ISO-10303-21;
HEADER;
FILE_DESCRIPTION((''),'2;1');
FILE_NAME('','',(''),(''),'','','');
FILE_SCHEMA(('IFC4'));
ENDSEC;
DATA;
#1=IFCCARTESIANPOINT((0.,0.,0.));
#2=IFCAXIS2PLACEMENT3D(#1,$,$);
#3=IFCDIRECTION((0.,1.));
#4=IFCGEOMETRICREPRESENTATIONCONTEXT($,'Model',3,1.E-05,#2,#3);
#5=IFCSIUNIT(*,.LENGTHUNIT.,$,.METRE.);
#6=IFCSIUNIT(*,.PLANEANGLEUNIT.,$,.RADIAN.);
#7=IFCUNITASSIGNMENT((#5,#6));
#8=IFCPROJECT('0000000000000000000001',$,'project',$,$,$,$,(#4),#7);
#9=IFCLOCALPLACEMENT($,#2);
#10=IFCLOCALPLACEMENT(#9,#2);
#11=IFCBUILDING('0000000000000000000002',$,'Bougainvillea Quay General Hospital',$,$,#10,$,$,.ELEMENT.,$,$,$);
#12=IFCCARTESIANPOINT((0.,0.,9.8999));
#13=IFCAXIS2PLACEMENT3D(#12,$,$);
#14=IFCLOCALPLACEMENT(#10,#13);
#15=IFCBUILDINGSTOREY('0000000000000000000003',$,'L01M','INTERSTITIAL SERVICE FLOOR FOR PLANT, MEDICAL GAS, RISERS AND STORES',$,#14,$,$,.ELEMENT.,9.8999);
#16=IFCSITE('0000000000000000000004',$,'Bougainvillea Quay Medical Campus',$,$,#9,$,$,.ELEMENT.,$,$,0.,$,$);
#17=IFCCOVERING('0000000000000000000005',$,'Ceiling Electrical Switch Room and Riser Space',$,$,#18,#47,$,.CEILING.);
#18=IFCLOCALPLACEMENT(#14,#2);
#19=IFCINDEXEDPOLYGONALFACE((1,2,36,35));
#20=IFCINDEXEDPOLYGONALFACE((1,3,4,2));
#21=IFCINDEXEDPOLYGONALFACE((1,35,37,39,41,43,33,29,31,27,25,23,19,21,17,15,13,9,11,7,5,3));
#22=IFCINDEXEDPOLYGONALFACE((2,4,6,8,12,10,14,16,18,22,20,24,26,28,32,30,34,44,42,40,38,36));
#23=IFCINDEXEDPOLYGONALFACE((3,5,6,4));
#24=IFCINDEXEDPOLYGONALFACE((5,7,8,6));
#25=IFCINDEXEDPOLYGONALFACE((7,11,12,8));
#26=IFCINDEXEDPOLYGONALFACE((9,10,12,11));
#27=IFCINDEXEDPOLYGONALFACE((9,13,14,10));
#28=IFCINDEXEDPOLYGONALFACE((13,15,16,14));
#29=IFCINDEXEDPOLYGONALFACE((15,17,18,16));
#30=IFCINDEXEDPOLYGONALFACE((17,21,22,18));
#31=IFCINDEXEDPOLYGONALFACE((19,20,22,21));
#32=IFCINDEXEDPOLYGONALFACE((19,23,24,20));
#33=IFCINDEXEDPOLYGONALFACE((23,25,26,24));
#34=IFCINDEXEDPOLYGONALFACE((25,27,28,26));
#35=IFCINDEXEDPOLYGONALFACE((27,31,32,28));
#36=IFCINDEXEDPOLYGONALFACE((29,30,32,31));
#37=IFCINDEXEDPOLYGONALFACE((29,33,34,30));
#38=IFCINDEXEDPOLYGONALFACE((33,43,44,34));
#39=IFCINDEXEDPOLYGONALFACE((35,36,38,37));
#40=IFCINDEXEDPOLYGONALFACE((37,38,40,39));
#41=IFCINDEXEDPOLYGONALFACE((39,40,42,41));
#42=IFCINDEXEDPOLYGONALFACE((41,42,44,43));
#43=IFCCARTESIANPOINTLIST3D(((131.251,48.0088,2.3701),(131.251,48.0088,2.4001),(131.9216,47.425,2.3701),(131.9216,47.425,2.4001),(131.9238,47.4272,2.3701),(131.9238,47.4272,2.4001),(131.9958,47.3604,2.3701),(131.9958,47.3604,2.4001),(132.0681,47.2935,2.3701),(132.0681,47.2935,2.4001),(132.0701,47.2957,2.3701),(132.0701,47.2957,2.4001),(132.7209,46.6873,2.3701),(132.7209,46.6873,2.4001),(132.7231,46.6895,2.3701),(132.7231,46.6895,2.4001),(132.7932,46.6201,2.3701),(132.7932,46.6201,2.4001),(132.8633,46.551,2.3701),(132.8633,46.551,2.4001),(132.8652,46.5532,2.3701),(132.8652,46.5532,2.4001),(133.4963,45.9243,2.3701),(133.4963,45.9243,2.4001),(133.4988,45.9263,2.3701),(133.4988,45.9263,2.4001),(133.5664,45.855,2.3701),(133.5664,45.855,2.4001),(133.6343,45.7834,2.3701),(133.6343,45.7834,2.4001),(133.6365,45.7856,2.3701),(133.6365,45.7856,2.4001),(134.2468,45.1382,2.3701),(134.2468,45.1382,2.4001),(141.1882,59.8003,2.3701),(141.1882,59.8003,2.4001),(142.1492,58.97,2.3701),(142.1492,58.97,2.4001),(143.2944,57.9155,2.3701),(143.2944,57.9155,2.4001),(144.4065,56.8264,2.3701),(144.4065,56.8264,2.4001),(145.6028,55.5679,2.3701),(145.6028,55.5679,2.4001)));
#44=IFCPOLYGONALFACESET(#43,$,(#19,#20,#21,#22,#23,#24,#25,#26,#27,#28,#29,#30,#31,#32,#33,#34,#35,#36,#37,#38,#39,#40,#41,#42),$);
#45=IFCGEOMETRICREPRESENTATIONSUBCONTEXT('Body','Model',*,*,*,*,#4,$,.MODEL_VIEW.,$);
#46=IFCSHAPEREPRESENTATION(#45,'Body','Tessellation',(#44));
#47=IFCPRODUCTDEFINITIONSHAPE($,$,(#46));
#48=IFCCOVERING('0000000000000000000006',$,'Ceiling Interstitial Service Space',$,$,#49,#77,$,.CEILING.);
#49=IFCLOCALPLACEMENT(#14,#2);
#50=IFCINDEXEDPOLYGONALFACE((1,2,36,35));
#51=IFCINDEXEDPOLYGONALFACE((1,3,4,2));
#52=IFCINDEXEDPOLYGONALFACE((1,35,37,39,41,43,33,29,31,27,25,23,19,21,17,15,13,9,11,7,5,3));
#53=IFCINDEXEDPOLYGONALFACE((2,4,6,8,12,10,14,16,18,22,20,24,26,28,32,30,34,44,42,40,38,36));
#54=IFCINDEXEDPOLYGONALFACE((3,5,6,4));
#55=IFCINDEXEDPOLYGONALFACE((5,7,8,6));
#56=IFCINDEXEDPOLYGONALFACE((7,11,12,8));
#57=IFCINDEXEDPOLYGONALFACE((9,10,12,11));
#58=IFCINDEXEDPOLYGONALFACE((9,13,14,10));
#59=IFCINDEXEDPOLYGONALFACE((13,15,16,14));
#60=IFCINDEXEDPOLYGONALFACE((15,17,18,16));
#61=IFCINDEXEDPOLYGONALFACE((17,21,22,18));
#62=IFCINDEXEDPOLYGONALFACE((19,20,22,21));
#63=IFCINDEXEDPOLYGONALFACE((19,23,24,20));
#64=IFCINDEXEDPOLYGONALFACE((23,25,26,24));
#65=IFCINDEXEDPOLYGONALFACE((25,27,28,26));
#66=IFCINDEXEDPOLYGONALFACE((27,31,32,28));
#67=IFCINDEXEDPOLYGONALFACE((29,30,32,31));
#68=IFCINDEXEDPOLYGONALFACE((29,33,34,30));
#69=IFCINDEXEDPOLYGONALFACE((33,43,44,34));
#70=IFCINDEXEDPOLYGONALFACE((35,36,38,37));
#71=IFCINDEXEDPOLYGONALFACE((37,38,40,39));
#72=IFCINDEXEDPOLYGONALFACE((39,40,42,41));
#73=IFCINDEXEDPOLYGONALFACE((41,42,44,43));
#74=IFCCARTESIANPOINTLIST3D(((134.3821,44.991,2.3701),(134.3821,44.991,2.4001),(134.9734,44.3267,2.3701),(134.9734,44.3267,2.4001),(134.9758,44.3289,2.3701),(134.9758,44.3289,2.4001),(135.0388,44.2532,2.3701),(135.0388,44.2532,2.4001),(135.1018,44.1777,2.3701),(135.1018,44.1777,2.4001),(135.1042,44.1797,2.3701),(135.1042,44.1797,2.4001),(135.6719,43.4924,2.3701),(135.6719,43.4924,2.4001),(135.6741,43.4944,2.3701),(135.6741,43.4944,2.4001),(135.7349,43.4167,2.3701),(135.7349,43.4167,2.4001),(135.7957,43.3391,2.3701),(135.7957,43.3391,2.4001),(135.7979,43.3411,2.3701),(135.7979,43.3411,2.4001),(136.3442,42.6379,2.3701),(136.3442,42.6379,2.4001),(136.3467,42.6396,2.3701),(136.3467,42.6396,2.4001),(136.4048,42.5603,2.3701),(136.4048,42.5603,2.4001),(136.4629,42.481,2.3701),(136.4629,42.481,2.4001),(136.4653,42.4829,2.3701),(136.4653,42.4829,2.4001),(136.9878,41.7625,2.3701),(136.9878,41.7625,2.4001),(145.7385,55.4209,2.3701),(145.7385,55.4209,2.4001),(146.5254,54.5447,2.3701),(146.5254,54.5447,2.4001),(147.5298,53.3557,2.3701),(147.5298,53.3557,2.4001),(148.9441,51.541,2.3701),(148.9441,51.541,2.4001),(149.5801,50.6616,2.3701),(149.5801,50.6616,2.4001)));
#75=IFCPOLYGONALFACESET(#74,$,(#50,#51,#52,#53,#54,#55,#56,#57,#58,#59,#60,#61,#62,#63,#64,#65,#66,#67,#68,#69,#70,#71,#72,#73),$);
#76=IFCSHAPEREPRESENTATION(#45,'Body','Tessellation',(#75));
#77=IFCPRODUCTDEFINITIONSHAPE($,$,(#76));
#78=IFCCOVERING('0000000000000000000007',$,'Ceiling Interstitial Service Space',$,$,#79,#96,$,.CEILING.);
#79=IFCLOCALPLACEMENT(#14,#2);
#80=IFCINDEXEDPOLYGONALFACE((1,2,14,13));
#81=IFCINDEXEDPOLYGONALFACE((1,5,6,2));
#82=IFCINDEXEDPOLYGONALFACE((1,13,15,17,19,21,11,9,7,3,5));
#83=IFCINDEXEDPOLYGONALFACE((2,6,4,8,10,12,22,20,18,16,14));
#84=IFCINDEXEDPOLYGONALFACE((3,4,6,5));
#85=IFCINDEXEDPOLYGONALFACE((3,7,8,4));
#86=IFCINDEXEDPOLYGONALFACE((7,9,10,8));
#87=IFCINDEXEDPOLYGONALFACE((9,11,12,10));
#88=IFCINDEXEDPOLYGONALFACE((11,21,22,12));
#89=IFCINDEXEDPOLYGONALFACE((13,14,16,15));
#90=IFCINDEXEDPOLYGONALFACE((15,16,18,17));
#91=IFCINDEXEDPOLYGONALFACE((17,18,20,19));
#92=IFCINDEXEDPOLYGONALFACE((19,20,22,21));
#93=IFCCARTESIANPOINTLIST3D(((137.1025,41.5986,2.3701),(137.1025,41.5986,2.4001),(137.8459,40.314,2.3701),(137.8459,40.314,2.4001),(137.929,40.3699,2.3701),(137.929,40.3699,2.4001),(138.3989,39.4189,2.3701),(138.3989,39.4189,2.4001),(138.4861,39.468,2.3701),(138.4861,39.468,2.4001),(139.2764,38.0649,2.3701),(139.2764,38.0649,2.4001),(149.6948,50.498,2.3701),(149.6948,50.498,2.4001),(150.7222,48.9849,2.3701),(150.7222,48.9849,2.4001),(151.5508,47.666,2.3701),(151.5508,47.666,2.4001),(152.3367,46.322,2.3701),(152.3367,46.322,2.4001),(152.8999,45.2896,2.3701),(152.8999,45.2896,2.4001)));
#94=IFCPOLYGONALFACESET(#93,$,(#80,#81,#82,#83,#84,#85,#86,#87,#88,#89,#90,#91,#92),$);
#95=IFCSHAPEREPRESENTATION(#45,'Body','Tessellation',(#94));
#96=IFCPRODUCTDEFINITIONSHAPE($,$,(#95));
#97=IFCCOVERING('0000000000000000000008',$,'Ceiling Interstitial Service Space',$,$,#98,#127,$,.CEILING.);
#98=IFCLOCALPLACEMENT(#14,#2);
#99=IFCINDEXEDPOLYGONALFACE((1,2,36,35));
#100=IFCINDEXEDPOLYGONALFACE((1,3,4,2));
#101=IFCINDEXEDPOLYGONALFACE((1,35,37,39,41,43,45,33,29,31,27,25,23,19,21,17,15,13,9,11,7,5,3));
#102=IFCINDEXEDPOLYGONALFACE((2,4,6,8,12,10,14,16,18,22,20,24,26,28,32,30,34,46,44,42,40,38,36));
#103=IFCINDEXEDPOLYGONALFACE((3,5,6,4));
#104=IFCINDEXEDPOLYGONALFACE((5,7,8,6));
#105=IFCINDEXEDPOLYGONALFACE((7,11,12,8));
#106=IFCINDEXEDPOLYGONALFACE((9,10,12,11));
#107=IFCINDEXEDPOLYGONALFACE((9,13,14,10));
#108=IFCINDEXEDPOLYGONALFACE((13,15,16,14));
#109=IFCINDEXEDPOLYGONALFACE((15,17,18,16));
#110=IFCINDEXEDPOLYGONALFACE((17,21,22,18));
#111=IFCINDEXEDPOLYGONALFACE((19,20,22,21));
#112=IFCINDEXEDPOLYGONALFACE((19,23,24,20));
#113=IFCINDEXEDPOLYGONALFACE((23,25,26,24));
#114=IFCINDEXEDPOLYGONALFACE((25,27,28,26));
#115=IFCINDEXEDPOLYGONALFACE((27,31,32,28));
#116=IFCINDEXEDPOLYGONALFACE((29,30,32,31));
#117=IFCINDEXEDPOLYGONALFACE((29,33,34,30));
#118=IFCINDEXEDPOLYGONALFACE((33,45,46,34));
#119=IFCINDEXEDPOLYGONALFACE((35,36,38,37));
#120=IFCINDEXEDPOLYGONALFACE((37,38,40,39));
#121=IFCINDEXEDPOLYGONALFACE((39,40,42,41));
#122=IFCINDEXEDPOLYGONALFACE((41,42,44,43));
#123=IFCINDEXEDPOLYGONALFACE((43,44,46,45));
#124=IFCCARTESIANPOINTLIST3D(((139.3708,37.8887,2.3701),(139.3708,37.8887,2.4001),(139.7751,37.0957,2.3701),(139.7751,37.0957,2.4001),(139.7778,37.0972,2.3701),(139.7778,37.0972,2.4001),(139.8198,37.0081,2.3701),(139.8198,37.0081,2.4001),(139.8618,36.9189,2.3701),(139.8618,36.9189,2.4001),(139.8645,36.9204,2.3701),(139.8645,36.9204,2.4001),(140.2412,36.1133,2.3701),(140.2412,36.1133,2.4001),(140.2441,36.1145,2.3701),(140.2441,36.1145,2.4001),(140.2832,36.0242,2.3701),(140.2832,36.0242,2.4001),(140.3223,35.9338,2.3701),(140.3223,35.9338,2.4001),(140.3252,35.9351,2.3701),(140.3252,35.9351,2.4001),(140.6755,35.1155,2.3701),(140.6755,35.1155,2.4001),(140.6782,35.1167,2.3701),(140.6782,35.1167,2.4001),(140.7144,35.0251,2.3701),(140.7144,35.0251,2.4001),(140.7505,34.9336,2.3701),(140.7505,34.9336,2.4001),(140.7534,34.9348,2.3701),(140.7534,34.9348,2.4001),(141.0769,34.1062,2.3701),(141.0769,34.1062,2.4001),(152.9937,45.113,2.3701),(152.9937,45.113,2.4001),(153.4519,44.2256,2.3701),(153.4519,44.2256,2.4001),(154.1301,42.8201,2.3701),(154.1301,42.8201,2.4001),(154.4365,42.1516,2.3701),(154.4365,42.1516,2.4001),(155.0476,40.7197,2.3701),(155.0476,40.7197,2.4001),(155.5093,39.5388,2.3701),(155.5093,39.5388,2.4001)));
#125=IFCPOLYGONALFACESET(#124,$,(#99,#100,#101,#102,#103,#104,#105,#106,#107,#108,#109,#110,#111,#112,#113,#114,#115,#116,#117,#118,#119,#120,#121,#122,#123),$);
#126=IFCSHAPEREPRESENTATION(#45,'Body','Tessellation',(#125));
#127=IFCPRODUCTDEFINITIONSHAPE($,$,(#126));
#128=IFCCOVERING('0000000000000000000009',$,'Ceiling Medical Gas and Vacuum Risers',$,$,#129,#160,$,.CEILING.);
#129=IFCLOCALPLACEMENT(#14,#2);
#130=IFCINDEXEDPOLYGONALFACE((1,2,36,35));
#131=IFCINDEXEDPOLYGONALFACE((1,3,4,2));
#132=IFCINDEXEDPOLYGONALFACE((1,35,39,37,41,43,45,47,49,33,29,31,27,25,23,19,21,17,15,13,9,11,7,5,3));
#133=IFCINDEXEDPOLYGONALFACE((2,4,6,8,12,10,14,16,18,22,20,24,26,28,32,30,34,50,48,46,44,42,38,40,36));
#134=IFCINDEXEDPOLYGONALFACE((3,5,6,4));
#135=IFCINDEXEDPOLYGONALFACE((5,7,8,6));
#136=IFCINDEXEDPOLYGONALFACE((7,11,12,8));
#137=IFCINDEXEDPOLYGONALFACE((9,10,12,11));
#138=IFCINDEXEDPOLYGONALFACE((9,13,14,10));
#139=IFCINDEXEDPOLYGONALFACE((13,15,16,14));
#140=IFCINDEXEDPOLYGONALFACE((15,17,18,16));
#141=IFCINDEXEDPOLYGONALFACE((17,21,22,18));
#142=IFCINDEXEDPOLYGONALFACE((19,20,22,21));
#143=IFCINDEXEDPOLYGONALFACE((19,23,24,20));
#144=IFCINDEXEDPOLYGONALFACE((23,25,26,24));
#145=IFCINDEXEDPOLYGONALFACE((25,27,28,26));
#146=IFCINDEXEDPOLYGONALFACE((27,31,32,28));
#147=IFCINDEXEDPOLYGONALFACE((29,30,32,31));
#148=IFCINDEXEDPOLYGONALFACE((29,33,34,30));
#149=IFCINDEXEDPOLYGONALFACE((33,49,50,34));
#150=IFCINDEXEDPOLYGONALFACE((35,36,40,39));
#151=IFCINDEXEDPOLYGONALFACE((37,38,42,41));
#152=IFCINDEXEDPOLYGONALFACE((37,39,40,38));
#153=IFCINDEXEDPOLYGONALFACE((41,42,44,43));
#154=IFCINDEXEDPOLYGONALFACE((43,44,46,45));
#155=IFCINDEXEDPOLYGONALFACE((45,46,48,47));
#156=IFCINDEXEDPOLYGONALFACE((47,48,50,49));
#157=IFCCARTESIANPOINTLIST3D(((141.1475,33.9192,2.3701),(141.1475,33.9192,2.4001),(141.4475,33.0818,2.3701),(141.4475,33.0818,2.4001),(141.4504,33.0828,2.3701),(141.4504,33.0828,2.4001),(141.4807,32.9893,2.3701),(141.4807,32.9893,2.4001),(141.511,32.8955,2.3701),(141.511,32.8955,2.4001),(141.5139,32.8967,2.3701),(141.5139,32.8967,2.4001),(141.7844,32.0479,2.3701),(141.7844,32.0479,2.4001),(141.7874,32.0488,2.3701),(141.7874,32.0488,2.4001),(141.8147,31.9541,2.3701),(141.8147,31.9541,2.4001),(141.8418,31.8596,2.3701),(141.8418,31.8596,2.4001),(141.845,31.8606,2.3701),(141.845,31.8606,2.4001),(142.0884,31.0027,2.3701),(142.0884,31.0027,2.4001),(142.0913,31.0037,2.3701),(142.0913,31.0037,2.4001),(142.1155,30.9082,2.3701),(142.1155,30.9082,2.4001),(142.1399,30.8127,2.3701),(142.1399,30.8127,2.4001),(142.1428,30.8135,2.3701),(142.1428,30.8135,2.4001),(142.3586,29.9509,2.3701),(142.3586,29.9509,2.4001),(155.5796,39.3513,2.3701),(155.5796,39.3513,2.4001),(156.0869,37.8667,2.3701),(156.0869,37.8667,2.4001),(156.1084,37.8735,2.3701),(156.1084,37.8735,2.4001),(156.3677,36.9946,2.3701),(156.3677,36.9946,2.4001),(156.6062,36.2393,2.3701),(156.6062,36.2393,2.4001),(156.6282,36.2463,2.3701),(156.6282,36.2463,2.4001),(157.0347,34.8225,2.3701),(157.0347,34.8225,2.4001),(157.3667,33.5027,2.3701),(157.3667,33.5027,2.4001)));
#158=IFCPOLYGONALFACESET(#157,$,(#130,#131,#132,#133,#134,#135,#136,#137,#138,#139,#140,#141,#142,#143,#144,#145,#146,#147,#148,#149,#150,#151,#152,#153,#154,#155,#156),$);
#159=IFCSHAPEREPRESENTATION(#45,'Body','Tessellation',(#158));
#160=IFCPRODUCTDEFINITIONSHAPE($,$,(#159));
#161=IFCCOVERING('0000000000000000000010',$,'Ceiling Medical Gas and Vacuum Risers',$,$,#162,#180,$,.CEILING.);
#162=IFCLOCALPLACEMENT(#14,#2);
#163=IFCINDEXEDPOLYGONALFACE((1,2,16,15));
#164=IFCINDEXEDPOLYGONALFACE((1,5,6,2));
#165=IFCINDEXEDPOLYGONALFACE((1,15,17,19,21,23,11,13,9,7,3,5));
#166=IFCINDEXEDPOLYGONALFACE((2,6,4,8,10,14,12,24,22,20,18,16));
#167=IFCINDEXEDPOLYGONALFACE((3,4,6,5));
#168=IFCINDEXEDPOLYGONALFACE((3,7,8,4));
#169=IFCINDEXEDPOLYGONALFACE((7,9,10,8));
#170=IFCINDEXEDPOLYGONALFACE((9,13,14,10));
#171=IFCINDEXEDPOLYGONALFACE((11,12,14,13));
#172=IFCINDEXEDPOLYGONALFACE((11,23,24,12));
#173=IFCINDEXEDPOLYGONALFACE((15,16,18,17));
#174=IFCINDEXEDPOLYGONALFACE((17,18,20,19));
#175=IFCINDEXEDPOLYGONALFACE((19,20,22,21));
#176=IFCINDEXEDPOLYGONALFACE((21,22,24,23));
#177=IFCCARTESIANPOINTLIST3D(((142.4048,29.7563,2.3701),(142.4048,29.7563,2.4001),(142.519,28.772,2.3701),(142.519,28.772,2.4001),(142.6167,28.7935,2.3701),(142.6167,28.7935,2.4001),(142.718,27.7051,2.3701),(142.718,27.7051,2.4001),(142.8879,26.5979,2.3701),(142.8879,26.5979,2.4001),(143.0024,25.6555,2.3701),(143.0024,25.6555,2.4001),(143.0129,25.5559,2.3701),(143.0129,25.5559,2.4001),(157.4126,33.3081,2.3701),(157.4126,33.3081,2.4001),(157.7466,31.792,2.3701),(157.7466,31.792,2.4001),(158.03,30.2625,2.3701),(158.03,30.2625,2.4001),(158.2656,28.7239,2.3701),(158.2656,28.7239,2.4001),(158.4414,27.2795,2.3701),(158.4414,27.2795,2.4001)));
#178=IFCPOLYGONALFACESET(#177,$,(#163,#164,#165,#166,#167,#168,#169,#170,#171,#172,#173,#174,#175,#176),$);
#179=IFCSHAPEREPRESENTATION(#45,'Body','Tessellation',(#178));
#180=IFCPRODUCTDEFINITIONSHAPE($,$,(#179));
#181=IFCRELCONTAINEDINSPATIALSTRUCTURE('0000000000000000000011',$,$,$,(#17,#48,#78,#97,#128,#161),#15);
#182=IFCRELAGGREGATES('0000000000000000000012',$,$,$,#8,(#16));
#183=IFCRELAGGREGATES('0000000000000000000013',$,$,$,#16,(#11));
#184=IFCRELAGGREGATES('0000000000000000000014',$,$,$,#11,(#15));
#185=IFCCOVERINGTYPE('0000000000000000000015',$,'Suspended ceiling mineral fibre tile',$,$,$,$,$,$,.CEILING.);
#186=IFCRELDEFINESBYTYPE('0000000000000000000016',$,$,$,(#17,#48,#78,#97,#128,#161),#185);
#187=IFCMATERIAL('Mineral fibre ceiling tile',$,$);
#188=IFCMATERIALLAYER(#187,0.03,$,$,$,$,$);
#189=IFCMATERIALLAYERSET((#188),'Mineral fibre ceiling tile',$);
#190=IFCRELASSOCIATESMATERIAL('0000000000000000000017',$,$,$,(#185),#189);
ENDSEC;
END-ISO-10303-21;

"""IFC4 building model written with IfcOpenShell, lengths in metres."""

from ifc_helpers import new_model, si_unit, direction, frame, origin, place, context, subcontext, project, spatial, polyline, outline, extrude, material, layer, layer_set, type_object, element, save


model = new_model("IFC4")

# Units and contexts
model_context = context("Model", 3, precision=1e-05, world=origin(), true_north=direction((0.0, 1.0)))
body_context = subcontext(model_context, "Body", "Model", "MODEL_VIEW")
ifc_project = project(units=[si_unit("LENGTHUNIT", "METRE"), si_unit("PLANEANGLEUNIT", "RADIAN")], contexts=[model_context])

# Site, building, storey
site_placement = place(None, origin())
site = spatial("IfcSite", under=ifc_project, at=site_placement, Name="Bougainvillea Quay Medical Campus", CompositionType="ELEMENT", RefElevation=0.0)
building_placement = place(site_placement, origin())
building = spatial("IfcBuilding", under=site, at=building_placement, Name="Bougainvillea Quay General Hospital", CompositionType="ELEMENT")
storey_placement = place(building_placement, frame((0.0, 0.0, 9.8999)))
storey = spatial("IfcBuildingStorey", under=building, at=storey_placement, Name="L01M", Description="INTERSTITIAL SERVICE FLOOR FOR PLANT, MEDICAL GAS, RISERS AND STORES", CompositionType="ELEMENT", Elevation=9.8999)

# Coverings
ifc_material = material(Name="Mineral fibre ceiling tile")
ifc_layer = layer(ifc_material, 0.03)
ifc_layer_set = layer_set([ifc_layer], Name="Mineral fibre ceiling tile")
covering_type = type_object("IfcCoveringType", Name="Suspended ceiling mineral fibre tile", PredefinedType="CEILING", material=ifc_layer_set)
covering_1_placement = place(storey_placement, frame((0.0, 0.0, 2.3701)))
element("IfcCovering", 1, at=covering_1_placement, inside=storey, type_object=covering_type, Name="Ceiling Electrical Switch Room and Riser Space", PredefinedType="CEILING", context=body_context, shape_type="SweptSolid", body=[
    extrude(outline(polyline([(142.1492, 58.97), (141.1882, 59.8003), (131.251, 48.0088), (131.9216, 47.425), (131.9238, 47.4272), (131.9958, 47.3604), (132.0701, 47.2957), (132.0681, 47.2935), (132.7209, 46.6873), (132.7231, 46.6895), (132.7932, 46.6201), (132.8652, 46.5532), (132.8633, 46.551), (133.4963, 45.9243), (133.4988, 45.9263), (133.5664, 45.855), (133.6365, 45.7856), (133.6343, 45.7834), (134.2468, 45.1382), (145.6028, 55.5679), (144.4065, 56.8264), (143.2944, 57.9155), (142.1492, 58.97)])), origin(), (0.0, 0.0, 1.0), 0.03),
])
covering_2_placement = place(storey_placement, frame((0.0, 0.0, 2.3701)))
element("IfcCovering", 2, at=covering_2_placement, inside=storey, type_object=covering_type, Name="Ceiling Interstitial Service Space", PredefinedType="CEILING", context=body_context, shape_type="SweptSolid", body=[
    extrude(outline(polyline([(134.9734, 44.3267), (134.9758, 44.3289), (135.0388, 44.2532), (135.1042, 44.1797), (135.1018, 44.1777), (135.6719, 43.4924), (135.6741, 43.4944), (135.7349, 43.4167), (135.7979, 43.3411), (135.7957, 43.3391), (136.3442, 42.6379), (136.3467, 42.6396), (136.4048, 42.5603), (136.4653, 42.4829), (136.4629, 42.481), (136.9878, 41.7625), (149.5801, 50.6616), (148.9441, 51.541), (147.5298, 53.3557), (146.5254, 54.5447), (145.7385, 55.4209), (134.3821, 44.991), (134.9734, 44.3267)])), origin(), (0.0, 0.0, 1.0), 0.03),
])
covering_3_placement = place(storey_placement, frame((0.0, 0.0, 2.3701)))
element("IfcCovering", 3, at=covering_3_placement, inside=storey, type_object=covering_type, Name="Ceiling Interstitial Service Space", PredefinedType="CEILING", context=body_context, shape_type="SweptSolid", body=[
    extrude(outline(polyline([(138.3989, 39.4189), (138.4861, 39.468), (139.2764, 38.0649), (152.8999, 45.2896), (152.3367, 46.322), (151.5508, 47.666), (150.7222, 48.9849), (149.6948, 50.498), (137.1025, 41.5986), (137.929, 40.3699), (137.8459, 40.314), (138.3989, 39.4189)])), origin(), (0.0, 0.0, 1.0), 0.03),
])
covering_4_placement = place(storey_placement, frame((0.0, 0.0, 2.3701)))
element("IfcCovering", 4, at=covering_4_placement, inside=storey, type_object=covering_type, Name="Ceiling Interstitial Service Space", PredefinedType="CEILING", context=body_context, shape_type="SweptSolid", body=[
    extrude(outline(polyline([(139.8198, 37.0081), (139.8645, 36.9204), (139.8618, 36.9189), (140.2412, 36.1133), (140.2441, 36.1145), (140.2832, 36.0242), (140.3252, 35.9351), (140.3223, 35.9338), (140.6755, 35.1155), (140.6782, 35.1167), (140.7144, 35.0251), (140.7534, 34.9348), (140.7505, 34.9336), (141.0769, 34.1062), (155.5093, 39.5388), (155.0476, 40.7197), (154.4365, 42.1516), (154.1301, 42.8201), (153.4519, 44.2256), (152.9937, 45.113), (139.3708, 37.8887), (139.7751, 37.0957), (139.7778, 37.0972), (139.8198, 37.0081)])), origin(), (0.0, 0.0, 1.0), 0.03),
])
covering_5_placement = place(storey_placement, frame((0.0, 0.0, 2.3701)))
element("IfcCovering", 5, at=covering_5_placement, inside=storey, type_object=covering_type, Name="Ceiling Medical Gas and Vacuum Risers", PredefinedType="CEILING", context=body_context, shape_type="SweptSolid", body=[
    extrude(outline(polyline([(141.4807, 32.9893), (141.5139, 32.8967), (141.511, 32.8955), (141.7844, 32.0479), (141.7874, 32.0488), (141.8147, 31.9541), (141.845, 31.8606), (141.8418, 31.8596), (142.0884, 31.0027), (142.0913, 31.0037), (142.1155, 30.9082), (142.1428, 30.8135), (142.1399, 30.8127), (142.3586, 29.9509), (157.3667, 33.5027), (157.0347, 34.8225), (156.6282, 36.2463), (156.6062, 36.2393), (156.3677, 36.9946), (156.0869, 37.8667), (156.1084, 37.8735), (155.5796, 39.3513), (141.1475, 33.9192), (141.4475, 33.0818), (141.4504, 33.0828), (141.4807, 32.9893)])), origin(), (0.0, 0.0, 1.0), 0.03),
])
covering_6_placement = place(storey_placement, frame((0.0, 0.0, 2.3701)))
element("IfcCovering", 6, at=covering_6_placement, inside=storey, type_object=covering_type, Name="Ceiling Medical Gas and Vacuum Risers", PredefinedType="CEILING", context=body_context, shape_type="SweptSolid", body=[
    extrude(outline(polyline([(143.0129, 25.5559), (143.0024, 25.6555), (158.4414, 27.2795), (158.2656, 28.7239), (158.03, 30.2625), (157.7466, 31.792), (157.4126, 33.3081), (142.4048, 29.7563), (142.6167, 28.7935), (142.519, 28.772), (142.718, 27.7051), (142.8879, 26.5979), (143.0129, 25.5559)])), origin(), (0.0, 0.0, 1.0), 0.03),
])

save(model, "model.ifc")
